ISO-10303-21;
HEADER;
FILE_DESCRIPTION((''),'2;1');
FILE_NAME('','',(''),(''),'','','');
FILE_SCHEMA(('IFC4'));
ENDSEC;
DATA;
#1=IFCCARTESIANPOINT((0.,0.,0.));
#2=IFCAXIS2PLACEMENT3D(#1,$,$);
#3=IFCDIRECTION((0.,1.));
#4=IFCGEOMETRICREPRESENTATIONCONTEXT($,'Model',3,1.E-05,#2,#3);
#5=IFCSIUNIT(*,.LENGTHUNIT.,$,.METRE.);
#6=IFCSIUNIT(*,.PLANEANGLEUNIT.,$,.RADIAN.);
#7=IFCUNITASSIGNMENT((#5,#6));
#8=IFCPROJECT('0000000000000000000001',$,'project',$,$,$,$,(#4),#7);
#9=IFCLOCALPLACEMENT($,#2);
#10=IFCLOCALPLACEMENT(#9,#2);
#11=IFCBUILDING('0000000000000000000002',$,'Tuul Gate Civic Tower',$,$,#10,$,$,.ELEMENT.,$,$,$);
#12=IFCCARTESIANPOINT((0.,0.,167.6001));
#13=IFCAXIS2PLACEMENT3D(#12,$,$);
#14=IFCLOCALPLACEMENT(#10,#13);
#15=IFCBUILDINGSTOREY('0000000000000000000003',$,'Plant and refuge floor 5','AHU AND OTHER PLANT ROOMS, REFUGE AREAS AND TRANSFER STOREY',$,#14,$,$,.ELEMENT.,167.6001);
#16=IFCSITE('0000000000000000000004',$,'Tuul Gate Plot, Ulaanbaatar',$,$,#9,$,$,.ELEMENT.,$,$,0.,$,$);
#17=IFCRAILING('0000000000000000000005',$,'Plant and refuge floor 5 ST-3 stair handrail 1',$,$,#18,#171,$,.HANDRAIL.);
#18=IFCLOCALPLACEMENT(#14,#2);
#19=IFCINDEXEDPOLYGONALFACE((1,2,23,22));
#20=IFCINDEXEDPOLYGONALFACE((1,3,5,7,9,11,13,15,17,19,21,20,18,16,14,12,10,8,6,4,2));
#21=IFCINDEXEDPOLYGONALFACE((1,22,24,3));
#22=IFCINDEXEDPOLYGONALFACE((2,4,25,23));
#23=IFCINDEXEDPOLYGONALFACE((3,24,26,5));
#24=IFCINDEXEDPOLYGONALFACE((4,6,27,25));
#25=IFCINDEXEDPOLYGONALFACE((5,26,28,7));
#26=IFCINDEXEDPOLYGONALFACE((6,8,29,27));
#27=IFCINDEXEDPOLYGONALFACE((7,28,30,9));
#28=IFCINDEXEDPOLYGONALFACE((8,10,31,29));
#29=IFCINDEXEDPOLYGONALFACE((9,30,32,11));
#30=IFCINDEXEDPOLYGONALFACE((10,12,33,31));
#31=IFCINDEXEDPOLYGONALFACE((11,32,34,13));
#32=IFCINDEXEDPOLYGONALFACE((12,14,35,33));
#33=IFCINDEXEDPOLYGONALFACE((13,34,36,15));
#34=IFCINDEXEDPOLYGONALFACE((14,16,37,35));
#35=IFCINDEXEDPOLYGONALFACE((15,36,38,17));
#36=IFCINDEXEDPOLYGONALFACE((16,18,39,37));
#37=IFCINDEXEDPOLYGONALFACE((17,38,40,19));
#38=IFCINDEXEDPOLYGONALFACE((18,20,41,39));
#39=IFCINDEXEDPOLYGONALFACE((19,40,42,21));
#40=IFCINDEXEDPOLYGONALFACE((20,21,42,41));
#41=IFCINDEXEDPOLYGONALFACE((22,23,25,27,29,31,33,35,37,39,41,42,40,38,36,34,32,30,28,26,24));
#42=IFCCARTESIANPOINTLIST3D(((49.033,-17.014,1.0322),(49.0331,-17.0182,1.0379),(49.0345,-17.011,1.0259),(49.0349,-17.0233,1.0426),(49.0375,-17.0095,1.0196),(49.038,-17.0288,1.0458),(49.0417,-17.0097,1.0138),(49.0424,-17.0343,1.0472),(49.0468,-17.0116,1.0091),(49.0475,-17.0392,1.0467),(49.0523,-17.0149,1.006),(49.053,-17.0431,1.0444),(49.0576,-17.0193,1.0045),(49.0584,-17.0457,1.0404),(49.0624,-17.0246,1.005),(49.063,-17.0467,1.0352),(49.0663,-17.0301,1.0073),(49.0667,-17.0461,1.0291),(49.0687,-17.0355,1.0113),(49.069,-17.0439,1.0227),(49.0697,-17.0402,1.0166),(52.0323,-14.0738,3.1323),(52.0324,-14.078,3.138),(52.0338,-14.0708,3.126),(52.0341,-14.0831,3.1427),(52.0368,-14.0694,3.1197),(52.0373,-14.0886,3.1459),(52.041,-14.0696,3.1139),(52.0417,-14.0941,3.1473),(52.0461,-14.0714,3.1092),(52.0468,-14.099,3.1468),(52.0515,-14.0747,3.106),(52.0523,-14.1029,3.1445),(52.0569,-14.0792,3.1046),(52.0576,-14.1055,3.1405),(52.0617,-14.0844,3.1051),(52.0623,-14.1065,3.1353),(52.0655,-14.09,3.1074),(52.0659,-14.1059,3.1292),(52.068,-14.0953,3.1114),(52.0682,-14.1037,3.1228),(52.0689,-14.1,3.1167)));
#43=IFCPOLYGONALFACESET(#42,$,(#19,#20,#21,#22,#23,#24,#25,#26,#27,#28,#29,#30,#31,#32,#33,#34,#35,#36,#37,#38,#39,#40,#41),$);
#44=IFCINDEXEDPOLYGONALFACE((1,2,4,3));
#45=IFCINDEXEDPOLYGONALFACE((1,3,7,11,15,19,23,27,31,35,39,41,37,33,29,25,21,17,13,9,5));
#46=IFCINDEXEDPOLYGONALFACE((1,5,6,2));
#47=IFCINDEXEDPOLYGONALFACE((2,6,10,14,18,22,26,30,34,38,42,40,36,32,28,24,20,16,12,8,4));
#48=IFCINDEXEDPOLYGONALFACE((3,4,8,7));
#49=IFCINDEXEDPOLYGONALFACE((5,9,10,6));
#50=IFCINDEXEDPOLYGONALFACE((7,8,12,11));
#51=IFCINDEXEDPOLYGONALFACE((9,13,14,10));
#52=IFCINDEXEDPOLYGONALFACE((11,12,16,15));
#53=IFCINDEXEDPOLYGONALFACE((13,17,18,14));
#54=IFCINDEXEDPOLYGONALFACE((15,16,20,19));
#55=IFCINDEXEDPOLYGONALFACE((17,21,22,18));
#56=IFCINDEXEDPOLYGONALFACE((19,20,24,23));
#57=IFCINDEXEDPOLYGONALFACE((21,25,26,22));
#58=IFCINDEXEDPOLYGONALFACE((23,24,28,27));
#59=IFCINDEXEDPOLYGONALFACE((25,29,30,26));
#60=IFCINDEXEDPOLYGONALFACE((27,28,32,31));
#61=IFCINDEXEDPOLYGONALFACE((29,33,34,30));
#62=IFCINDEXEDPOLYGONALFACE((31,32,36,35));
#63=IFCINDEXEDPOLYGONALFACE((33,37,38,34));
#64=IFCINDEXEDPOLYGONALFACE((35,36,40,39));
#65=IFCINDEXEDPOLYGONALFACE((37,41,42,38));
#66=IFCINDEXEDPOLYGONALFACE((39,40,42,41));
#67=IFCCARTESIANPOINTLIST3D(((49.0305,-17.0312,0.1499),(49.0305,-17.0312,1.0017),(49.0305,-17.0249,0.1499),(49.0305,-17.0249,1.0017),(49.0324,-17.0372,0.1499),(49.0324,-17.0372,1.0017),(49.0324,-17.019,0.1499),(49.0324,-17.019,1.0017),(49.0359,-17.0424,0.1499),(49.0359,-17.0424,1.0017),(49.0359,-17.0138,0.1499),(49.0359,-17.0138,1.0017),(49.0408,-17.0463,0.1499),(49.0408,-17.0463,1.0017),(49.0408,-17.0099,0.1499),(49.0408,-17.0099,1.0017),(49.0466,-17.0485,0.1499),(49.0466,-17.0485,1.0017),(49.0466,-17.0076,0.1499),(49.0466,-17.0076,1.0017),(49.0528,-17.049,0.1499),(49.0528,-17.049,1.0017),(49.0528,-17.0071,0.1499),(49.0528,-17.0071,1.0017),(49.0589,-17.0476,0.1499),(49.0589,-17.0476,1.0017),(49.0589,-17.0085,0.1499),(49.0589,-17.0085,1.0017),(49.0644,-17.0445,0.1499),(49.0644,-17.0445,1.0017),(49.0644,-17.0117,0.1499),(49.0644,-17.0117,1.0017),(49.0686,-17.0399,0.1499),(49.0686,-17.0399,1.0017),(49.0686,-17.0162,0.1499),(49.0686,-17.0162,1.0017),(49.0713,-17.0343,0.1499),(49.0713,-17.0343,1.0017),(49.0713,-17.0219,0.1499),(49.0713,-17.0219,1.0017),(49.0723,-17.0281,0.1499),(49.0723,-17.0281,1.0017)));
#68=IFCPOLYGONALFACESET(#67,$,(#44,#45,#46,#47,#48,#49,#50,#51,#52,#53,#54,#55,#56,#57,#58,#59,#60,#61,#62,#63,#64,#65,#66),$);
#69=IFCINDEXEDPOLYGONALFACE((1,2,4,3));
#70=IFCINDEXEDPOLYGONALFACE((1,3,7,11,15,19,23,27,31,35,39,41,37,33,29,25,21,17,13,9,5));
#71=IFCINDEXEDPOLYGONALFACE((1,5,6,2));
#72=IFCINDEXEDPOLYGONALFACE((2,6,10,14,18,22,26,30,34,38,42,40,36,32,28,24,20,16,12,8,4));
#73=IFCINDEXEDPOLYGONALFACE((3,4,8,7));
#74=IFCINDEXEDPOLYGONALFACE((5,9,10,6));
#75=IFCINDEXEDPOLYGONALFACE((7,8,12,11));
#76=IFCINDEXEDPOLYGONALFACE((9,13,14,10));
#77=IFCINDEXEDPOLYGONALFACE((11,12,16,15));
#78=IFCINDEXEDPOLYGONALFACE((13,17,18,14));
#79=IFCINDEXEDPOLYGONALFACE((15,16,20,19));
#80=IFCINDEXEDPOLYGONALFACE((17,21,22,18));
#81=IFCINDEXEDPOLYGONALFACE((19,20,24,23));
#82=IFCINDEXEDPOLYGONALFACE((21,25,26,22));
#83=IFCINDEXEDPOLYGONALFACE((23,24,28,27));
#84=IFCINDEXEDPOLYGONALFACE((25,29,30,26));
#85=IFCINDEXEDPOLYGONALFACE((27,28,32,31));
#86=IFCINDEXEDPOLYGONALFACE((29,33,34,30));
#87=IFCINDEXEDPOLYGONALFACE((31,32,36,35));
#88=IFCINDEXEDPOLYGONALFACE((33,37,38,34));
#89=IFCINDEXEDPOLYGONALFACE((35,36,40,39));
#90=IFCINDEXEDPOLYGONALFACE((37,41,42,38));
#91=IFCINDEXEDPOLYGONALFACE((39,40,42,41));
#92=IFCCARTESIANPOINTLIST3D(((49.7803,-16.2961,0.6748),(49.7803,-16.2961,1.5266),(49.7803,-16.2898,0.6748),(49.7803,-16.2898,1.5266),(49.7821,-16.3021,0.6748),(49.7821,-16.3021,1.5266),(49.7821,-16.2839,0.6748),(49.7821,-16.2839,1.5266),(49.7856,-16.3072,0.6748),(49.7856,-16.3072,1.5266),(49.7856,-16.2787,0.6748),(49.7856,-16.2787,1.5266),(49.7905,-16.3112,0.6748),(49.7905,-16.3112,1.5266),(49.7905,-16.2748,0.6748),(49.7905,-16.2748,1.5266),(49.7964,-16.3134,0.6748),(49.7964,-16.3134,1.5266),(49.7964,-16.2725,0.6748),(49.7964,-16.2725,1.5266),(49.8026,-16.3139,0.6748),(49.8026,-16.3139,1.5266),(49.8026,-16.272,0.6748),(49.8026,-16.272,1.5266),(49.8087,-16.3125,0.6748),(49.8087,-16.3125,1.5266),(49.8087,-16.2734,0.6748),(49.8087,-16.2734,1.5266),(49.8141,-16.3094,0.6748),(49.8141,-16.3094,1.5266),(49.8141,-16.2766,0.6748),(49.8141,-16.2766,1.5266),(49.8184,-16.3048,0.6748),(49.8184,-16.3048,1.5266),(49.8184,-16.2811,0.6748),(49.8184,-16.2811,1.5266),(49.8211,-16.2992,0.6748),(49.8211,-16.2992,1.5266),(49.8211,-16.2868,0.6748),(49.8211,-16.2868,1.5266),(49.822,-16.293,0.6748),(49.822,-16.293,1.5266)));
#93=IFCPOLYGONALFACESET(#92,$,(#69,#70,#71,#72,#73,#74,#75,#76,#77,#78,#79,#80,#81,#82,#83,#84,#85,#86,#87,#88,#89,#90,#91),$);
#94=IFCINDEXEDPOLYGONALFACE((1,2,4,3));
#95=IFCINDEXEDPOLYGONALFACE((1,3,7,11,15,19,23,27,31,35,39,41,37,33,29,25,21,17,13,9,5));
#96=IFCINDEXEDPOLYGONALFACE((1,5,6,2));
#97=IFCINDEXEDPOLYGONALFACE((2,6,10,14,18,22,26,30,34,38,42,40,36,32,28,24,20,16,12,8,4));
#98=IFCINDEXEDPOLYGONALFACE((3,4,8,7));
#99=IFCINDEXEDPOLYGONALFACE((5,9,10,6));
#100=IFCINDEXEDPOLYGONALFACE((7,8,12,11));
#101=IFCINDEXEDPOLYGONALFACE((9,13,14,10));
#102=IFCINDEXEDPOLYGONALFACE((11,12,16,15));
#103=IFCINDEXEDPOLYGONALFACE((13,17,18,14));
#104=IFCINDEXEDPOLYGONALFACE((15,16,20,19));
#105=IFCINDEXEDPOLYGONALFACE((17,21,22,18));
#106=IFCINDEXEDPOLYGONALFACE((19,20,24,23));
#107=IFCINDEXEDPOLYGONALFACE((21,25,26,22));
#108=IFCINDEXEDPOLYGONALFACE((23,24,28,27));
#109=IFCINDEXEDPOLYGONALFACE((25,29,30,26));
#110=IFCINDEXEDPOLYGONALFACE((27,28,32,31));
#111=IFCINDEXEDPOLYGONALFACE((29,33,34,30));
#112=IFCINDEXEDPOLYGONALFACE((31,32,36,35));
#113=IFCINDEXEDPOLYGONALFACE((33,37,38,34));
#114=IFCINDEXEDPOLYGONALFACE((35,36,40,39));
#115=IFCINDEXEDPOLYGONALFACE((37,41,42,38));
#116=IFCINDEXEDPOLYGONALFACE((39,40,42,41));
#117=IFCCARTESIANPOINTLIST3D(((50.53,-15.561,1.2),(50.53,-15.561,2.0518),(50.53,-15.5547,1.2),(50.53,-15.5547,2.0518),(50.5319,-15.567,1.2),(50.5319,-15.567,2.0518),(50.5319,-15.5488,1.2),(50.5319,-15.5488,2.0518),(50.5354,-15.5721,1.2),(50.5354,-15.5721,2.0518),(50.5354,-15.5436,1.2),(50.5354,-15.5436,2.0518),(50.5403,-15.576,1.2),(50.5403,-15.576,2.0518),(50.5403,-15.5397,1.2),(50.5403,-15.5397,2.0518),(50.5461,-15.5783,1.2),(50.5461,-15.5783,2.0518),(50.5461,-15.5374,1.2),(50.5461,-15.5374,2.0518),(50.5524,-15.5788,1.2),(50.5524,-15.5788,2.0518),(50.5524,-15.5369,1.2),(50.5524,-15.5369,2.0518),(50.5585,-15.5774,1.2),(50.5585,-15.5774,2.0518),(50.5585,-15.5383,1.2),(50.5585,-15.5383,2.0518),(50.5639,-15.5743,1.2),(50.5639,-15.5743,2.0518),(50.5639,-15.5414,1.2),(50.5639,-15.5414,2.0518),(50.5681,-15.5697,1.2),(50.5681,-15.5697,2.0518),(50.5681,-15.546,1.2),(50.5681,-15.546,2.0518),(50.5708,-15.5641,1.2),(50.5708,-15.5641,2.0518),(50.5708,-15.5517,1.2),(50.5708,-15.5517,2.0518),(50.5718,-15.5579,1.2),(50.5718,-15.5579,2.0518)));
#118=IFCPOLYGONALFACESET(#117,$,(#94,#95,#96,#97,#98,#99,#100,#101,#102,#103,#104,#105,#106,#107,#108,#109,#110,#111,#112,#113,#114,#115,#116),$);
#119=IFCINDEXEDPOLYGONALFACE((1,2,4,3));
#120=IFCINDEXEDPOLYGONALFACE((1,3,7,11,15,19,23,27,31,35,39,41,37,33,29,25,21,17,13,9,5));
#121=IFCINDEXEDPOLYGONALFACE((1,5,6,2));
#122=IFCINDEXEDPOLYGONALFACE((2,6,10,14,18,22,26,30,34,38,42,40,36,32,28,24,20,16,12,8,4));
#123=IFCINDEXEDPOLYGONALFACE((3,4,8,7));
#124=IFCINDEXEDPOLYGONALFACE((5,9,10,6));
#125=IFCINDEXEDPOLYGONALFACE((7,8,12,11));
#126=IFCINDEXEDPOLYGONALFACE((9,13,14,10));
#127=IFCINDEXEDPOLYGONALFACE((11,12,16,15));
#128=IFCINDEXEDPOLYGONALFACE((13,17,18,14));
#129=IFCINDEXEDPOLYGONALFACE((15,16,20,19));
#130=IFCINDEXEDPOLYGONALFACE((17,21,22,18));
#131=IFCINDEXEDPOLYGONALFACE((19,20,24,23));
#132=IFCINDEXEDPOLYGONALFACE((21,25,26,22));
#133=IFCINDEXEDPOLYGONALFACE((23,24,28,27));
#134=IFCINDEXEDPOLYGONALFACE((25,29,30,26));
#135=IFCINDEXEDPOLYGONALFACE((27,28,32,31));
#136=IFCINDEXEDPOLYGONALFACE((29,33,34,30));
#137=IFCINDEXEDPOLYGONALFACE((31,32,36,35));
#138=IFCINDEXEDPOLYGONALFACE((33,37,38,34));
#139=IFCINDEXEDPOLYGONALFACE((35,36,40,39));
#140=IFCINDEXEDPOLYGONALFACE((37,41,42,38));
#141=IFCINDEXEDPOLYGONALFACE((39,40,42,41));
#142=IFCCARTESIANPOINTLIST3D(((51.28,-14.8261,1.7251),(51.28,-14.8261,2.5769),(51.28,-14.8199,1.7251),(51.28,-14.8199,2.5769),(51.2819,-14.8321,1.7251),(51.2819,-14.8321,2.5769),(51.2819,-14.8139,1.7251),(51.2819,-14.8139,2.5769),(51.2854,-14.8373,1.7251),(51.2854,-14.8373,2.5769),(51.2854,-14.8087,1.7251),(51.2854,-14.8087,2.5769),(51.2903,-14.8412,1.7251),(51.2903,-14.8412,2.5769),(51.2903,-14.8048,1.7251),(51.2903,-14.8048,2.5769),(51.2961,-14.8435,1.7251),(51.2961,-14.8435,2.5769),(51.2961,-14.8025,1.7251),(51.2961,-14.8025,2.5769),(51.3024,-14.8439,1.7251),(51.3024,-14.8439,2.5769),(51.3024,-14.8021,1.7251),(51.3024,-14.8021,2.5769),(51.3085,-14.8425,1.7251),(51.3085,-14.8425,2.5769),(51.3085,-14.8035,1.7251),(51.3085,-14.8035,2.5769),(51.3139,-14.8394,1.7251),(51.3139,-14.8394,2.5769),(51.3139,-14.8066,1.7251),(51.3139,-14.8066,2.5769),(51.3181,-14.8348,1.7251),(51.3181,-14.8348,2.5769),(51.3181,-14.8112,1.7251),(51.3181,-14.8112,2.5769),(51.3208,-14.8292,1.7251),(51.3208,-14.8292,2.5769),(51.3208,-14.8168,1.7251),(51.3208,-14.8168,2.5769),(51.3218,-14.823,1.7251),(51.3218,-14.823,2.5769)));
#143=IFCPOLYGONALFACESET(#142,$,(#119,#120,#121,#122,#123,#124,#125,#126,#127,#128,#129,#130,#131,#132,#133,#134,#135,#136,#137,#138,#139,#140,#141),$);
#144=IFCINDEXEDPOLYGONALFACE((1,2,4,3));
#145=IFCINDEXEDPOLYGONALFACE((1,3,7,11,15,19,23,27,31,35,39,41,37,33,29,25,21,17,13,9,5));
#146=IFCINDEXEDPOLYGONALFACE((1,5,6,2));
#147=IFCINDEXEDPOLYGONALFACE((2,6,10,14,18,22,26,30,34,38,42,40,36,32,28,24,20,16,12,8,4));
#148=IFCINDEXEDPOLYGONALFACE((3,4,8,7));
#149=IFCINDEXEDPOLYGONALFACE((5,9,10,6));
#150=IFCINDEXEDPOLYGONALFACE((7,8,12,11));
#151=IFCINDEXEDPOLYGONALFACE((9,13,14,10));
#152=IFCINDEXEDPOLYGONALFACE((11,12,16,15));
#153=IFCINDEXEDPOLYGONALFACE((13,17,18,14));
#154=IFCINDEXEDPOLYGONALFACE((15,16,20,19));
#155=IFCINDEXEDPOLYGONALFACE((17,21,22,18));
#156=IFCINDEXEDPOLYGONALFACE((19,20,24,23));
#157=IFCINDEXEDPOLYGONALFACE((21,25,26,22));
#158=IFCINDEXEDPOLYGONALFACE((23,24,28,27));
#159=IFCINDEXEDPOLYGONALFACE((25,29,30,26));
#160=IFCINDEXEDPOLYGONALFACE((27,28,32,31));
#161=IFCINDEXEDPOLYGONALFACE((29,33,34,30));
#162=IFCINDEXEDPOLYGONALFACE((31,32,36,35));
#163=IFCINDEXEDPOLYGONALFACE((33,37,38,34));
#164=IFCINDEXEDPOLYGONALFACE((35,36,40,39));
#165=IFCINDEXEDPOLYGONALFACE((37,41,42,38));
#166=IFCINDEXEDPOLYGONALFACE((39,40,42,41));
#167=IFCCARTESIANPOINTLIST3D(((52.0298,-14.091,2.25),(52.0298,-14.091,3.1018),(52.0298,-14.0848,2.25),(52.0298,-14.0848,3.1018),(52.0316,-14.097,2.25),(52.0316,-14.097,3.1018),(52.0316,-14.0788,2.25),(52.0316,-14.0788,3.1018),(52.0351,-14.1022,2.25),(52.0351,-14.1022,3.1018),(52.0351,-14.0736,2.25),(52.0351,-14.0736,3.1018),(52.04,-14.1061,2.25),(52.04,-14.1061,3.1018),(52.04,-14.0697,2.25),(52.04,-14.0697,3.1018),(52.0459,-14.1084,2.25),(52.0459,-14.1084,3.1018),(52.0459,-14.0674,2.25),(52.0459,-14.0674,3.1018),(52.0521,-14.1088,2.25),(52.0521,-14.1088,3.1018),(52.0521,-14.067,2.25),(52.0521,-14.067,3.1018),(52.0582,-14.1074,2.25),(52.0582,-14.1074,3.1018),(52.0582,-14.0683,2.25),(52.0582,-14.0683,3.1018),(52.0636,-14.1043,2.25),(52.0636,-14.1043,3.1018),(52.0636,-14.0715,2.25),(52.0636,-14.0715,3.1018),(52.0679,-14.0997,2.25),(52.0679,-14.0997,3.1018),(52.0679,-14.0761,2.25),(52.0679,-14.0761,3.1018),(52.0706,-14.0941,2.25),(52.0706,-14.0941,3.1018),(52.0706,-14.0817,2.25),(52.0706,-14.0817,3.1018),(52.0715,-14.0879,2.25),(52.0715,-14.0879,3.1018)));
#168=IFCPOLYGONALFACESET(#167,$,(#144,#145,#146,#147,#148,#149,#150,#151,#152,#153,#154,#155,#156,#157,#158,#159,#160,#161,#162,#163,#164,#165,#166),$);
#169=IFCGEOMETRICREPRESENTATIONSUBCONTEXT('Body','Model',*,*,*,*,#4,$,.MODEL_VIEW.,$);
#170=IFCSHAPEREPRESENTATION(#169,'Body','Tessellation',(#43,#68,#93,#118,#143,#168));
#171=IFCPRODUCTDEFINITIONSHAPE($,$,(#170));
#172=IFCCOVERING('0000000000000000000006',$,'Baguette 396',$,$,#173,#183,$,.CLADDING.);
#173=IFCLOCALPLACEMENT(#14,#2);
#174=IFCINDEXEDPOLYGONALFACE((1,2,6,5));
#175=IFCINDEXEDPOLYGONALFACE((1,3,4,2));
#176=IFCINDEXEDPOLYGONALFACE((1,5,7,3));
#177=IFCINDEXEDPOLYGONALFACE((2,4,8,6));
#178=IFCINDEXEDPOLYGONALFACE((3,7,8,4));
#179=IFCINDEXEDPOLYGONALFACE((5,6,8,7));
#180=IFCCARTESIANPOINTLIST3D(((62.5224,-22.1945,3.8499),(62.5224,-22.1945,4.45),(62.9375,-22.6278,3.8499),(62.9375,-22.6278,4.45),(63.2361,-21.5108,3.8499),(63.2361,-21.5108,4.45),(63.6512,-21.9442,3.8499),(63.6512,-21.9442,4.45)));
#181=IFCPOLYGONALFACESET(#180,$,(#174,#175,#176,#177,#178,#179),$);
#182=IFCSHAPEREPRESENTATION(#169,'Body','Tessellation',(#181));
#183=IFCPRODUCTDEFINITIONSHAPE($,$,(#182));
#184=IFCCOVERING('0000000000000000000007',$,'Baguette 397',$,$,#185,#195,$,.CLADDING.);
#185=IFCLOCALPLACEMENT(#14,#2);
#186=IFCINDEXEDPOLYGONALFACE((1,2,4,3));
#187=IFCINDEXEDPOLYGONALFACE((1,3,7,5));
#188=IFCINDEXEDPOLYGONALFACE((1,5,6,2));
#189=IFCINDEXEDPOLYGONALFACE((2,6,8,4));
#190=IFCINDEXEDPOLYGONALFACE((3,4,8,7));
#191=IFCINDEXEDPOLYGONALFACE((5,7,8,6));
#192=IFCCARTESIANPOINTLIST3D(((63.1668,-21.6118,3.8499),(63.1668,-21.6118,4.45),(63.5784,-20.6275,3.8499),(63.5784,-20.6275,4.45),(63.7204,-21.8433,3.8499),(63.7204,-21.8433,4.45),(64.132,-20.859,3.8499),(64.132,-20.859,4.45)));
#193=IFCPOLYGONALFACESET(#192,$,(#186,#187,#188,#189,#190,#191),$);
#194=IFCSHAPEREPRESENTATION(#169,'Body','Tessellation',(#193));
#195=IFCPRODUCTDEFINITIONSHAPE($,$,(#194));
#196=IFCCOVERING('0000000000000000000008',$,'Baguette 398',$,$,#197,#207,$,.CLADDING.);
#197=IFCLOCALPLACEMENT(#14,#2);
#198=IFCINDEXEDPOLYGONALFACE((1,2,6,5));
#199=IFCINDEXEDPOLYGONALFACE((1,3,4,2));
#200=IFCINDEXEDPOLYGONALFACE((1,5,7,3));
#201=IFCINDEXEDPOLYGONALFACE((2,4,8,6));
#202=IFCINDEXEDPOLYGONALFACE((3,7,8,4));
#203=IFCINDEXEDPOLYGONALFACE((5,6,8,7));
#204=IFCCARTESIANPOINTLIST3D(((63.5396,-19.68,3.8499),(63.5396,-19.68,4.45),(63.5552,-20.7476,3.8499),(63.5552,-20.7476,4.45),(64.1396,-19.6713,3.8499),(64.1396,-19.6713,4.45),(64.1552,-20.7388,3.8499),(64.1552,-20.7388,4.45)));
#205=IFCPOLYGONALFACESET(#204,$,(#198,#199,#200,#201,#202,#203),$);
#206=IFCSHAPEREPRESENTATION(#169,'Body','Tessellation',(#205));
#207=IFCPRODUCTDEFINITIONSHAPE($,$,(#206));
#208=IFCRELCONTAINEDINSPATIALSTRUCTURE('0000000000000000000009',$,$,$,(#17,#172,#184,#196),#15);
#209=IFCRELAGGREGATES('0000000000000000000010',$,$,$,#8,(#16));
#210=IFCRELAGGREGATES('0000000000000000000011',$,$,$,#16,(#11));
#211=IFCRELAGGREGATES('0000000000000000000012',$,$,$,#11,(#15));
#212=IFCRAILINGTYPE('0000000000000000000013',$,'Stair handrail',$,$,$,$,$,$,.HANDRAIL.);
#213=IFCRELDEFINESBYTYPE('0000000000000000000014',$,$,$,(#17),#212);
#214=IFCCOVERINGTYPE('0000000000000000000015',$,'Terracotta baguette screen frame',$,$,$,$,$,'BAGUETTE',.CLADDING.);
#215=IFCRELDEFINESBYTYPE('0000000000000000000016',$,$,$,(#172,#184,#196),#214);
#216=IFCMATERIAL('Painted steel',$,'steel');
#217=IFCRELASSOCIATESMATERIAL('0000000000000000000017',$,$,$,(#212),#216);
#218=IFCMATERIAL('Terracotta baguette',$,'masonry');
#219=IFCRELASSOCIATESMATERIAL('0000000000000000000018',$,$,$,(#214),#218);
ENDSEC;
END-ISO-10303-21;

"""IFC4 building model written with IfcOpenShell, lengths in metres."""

from ifc_helpers import new_model, si_unit, direction, frame, origin, origin_2d, place, context, subcontext, project, spatial, rectangle, circle, extrude, material, material_profile, profile_set, type_object, element, save


model = new_model("IFC4")

# Units and contexts
model_context = context("Model", 3, precision=1e-05, world=origin(), true_north=direction((0.0, 1.0)))
body_context = subcontext(model_context, "Body", "Model", "MODEL_VIEW")
ifc_project = project(units=[si_unit("LENGTHUNIT", "METRE"), si_unit("PLANEANGLEUNIT", "RADIAN")], contexts=[model_context])

# Site, building, storey
site_placement = place(None, origin())
site = spatial("IfcSite", under=ifc_project, at=site_placement, Name="Tuul Gate Plot, Ulaanbaatar", CompositionType="ELEMENT", RefElevation=0.0)
building_placement = place(site_placement, origin())
building = spatial("IfcBuilding", under=site, at=building_placement, Name="Tuul Gate Civic Tower", CompositionType="ELEMENT")
storey_placement = place(building_placement, frame((0.0, 0.0, 167.6001)))
storey = spatial("IfcBuildingStorey", under=building, at=storey_placement, Name="Plant and refuge floor 5", Description="AHU AND OTHER PLANT ROOMS, REFUGE AREAS AND TRANSFER STOREY", CompositionType="ELEMENT", Elevation=167.6001)

# Railing
ifc_material_1 = material(Name="Painted steel", Category="steel")
railing_type = type_object("IfcRailingType", Name="Stair handrail", PredefinedType="HANDRAIL", material=ifc_material_1)
railing_placement = place(storey_placement, frame((49.0513, -17.0281, 0.1499)))
element("IfcRailing", 1, at=railing_placement, inside=storey, type_object=railing_type, Name="Plant and refuge floor 5 ST-3 stair handrail 1", PredefinedType="HANDRAIL", context=body_context, shape_type="SweptSolid", body=[
    extrude(circle(Radius=0.0239, at=origin_2d()), frame((0.0, 0.0, 0.876), z_axis=(0.63871, 0.626129, 0.447227), x_axis=(-0.700038, 0.714105, 0.0)), (0.0, 0.0, 1.0), 4.6958),
    extrude(circle(Radius=0.021, at=origin_2d()), origin(), (0.0, 0.0, 1.0), 0.8518),
    extrude(circle(Radius=0.021, at=origin_2d()), frame((0.7498, 0.7351, 0.5249)), (0.0, 0.0, 1.0), 0.8518),
    extrude(circle(Radius=0.021, at=origin_2d()), frame((1.4995, 1.4702, 1.05)), (0.0, 0.0, 1.0), 0.8518),
    extrude(circle(Radius=0.021, at=origin_2d()), frame((2.2495, 2.2051, 1.5752)), (0.0, 0.0, 1.0), 0.8518),
    extrude(circle(Radius=0.021, at=origin_2d()), frame((2.9993, 2.9402, 2.1001)), (0.0, 0.0, 1.0), 0.8518),
])

# Coverings
ifc_material_2 = material(Name="Terracotta baguette", Category="masonry")
ifc_material_profile_1 = material_profile(ifc_material_2, rectangle(XDim=0.6001, YDim=0.6001, at=origin_2d()), Name="Terracotta baguette screen frame")
ifc_profile_set_1 = profile_set([ifc_material_profile_1], Name="Terracotta baguette")
covering_type = type_object("IfcCoveringType", Name="Terracotta baguette screen frame", ElementType="BAGUETTE", PredefinedType="CLADDING", material=ifc_profile_set_1)
covering_1_placement = place(storey_placement, frame((62.73, -22.4111, 4.1499), z_axis=(0.722137, 0.69175, 0.0), x_axis=(-0.69175, 0.722137, 0.0)))
element("IfcCovering", 2, at=covering_1_placement, inside=storey, type_object=covering_type, Name="Baguette 396", PredefinedType="CLADDING", context=body_context, shape_type="SweptSolid", body=[
    extrude(rectangle(XDim=0.6001, YDim=0.6001, at=origin_2d()), origin(), (0.0, 0.0, 1.0), 0.9883),
])
covering_2_placement = place(storey_placement, frame((63.4436, -21.7275, 4.1499), z_axis=(0.385785, 0.922589, 0.0), x_axis=(-0.922589, 0.385785, 0.0)))
element("IfcCovering", 3, at=covering_2_placement, inside=storey, type_object=covering_type, Name="Baguette 397", PredefinedType="CLADDING", context=body_context, shape_type="SweptSolid", body=[
    extrude(rectangle(XDim=0.6001, YDim=0.6001, at=origin_2d()), origin(), (0.0, 0.0, 1.0), 1.0669),
])
covering_3_placement = place(storey_placement, frame((63.8552, -20.7432, 4.1499), z_axis=(-0.014634, 0.999893, 0.0), x_axis=(-0.999893, -0.014634, 0.0)))
element("IfcCovering", 4, at=covering_3_placement, inside=storey, type_object=covering_type, Name="Baguette 398", PredefinedType="CLADDING", context=body_context, shape_type="SweptSolid", body=[
    extrude(rectangle(XDim=0.6001, YDim=0.6001, at=origin_2d()), origin(), (0.0, 0.0, 1.0), 1.0676),
])

save(model, "model.ifc")
